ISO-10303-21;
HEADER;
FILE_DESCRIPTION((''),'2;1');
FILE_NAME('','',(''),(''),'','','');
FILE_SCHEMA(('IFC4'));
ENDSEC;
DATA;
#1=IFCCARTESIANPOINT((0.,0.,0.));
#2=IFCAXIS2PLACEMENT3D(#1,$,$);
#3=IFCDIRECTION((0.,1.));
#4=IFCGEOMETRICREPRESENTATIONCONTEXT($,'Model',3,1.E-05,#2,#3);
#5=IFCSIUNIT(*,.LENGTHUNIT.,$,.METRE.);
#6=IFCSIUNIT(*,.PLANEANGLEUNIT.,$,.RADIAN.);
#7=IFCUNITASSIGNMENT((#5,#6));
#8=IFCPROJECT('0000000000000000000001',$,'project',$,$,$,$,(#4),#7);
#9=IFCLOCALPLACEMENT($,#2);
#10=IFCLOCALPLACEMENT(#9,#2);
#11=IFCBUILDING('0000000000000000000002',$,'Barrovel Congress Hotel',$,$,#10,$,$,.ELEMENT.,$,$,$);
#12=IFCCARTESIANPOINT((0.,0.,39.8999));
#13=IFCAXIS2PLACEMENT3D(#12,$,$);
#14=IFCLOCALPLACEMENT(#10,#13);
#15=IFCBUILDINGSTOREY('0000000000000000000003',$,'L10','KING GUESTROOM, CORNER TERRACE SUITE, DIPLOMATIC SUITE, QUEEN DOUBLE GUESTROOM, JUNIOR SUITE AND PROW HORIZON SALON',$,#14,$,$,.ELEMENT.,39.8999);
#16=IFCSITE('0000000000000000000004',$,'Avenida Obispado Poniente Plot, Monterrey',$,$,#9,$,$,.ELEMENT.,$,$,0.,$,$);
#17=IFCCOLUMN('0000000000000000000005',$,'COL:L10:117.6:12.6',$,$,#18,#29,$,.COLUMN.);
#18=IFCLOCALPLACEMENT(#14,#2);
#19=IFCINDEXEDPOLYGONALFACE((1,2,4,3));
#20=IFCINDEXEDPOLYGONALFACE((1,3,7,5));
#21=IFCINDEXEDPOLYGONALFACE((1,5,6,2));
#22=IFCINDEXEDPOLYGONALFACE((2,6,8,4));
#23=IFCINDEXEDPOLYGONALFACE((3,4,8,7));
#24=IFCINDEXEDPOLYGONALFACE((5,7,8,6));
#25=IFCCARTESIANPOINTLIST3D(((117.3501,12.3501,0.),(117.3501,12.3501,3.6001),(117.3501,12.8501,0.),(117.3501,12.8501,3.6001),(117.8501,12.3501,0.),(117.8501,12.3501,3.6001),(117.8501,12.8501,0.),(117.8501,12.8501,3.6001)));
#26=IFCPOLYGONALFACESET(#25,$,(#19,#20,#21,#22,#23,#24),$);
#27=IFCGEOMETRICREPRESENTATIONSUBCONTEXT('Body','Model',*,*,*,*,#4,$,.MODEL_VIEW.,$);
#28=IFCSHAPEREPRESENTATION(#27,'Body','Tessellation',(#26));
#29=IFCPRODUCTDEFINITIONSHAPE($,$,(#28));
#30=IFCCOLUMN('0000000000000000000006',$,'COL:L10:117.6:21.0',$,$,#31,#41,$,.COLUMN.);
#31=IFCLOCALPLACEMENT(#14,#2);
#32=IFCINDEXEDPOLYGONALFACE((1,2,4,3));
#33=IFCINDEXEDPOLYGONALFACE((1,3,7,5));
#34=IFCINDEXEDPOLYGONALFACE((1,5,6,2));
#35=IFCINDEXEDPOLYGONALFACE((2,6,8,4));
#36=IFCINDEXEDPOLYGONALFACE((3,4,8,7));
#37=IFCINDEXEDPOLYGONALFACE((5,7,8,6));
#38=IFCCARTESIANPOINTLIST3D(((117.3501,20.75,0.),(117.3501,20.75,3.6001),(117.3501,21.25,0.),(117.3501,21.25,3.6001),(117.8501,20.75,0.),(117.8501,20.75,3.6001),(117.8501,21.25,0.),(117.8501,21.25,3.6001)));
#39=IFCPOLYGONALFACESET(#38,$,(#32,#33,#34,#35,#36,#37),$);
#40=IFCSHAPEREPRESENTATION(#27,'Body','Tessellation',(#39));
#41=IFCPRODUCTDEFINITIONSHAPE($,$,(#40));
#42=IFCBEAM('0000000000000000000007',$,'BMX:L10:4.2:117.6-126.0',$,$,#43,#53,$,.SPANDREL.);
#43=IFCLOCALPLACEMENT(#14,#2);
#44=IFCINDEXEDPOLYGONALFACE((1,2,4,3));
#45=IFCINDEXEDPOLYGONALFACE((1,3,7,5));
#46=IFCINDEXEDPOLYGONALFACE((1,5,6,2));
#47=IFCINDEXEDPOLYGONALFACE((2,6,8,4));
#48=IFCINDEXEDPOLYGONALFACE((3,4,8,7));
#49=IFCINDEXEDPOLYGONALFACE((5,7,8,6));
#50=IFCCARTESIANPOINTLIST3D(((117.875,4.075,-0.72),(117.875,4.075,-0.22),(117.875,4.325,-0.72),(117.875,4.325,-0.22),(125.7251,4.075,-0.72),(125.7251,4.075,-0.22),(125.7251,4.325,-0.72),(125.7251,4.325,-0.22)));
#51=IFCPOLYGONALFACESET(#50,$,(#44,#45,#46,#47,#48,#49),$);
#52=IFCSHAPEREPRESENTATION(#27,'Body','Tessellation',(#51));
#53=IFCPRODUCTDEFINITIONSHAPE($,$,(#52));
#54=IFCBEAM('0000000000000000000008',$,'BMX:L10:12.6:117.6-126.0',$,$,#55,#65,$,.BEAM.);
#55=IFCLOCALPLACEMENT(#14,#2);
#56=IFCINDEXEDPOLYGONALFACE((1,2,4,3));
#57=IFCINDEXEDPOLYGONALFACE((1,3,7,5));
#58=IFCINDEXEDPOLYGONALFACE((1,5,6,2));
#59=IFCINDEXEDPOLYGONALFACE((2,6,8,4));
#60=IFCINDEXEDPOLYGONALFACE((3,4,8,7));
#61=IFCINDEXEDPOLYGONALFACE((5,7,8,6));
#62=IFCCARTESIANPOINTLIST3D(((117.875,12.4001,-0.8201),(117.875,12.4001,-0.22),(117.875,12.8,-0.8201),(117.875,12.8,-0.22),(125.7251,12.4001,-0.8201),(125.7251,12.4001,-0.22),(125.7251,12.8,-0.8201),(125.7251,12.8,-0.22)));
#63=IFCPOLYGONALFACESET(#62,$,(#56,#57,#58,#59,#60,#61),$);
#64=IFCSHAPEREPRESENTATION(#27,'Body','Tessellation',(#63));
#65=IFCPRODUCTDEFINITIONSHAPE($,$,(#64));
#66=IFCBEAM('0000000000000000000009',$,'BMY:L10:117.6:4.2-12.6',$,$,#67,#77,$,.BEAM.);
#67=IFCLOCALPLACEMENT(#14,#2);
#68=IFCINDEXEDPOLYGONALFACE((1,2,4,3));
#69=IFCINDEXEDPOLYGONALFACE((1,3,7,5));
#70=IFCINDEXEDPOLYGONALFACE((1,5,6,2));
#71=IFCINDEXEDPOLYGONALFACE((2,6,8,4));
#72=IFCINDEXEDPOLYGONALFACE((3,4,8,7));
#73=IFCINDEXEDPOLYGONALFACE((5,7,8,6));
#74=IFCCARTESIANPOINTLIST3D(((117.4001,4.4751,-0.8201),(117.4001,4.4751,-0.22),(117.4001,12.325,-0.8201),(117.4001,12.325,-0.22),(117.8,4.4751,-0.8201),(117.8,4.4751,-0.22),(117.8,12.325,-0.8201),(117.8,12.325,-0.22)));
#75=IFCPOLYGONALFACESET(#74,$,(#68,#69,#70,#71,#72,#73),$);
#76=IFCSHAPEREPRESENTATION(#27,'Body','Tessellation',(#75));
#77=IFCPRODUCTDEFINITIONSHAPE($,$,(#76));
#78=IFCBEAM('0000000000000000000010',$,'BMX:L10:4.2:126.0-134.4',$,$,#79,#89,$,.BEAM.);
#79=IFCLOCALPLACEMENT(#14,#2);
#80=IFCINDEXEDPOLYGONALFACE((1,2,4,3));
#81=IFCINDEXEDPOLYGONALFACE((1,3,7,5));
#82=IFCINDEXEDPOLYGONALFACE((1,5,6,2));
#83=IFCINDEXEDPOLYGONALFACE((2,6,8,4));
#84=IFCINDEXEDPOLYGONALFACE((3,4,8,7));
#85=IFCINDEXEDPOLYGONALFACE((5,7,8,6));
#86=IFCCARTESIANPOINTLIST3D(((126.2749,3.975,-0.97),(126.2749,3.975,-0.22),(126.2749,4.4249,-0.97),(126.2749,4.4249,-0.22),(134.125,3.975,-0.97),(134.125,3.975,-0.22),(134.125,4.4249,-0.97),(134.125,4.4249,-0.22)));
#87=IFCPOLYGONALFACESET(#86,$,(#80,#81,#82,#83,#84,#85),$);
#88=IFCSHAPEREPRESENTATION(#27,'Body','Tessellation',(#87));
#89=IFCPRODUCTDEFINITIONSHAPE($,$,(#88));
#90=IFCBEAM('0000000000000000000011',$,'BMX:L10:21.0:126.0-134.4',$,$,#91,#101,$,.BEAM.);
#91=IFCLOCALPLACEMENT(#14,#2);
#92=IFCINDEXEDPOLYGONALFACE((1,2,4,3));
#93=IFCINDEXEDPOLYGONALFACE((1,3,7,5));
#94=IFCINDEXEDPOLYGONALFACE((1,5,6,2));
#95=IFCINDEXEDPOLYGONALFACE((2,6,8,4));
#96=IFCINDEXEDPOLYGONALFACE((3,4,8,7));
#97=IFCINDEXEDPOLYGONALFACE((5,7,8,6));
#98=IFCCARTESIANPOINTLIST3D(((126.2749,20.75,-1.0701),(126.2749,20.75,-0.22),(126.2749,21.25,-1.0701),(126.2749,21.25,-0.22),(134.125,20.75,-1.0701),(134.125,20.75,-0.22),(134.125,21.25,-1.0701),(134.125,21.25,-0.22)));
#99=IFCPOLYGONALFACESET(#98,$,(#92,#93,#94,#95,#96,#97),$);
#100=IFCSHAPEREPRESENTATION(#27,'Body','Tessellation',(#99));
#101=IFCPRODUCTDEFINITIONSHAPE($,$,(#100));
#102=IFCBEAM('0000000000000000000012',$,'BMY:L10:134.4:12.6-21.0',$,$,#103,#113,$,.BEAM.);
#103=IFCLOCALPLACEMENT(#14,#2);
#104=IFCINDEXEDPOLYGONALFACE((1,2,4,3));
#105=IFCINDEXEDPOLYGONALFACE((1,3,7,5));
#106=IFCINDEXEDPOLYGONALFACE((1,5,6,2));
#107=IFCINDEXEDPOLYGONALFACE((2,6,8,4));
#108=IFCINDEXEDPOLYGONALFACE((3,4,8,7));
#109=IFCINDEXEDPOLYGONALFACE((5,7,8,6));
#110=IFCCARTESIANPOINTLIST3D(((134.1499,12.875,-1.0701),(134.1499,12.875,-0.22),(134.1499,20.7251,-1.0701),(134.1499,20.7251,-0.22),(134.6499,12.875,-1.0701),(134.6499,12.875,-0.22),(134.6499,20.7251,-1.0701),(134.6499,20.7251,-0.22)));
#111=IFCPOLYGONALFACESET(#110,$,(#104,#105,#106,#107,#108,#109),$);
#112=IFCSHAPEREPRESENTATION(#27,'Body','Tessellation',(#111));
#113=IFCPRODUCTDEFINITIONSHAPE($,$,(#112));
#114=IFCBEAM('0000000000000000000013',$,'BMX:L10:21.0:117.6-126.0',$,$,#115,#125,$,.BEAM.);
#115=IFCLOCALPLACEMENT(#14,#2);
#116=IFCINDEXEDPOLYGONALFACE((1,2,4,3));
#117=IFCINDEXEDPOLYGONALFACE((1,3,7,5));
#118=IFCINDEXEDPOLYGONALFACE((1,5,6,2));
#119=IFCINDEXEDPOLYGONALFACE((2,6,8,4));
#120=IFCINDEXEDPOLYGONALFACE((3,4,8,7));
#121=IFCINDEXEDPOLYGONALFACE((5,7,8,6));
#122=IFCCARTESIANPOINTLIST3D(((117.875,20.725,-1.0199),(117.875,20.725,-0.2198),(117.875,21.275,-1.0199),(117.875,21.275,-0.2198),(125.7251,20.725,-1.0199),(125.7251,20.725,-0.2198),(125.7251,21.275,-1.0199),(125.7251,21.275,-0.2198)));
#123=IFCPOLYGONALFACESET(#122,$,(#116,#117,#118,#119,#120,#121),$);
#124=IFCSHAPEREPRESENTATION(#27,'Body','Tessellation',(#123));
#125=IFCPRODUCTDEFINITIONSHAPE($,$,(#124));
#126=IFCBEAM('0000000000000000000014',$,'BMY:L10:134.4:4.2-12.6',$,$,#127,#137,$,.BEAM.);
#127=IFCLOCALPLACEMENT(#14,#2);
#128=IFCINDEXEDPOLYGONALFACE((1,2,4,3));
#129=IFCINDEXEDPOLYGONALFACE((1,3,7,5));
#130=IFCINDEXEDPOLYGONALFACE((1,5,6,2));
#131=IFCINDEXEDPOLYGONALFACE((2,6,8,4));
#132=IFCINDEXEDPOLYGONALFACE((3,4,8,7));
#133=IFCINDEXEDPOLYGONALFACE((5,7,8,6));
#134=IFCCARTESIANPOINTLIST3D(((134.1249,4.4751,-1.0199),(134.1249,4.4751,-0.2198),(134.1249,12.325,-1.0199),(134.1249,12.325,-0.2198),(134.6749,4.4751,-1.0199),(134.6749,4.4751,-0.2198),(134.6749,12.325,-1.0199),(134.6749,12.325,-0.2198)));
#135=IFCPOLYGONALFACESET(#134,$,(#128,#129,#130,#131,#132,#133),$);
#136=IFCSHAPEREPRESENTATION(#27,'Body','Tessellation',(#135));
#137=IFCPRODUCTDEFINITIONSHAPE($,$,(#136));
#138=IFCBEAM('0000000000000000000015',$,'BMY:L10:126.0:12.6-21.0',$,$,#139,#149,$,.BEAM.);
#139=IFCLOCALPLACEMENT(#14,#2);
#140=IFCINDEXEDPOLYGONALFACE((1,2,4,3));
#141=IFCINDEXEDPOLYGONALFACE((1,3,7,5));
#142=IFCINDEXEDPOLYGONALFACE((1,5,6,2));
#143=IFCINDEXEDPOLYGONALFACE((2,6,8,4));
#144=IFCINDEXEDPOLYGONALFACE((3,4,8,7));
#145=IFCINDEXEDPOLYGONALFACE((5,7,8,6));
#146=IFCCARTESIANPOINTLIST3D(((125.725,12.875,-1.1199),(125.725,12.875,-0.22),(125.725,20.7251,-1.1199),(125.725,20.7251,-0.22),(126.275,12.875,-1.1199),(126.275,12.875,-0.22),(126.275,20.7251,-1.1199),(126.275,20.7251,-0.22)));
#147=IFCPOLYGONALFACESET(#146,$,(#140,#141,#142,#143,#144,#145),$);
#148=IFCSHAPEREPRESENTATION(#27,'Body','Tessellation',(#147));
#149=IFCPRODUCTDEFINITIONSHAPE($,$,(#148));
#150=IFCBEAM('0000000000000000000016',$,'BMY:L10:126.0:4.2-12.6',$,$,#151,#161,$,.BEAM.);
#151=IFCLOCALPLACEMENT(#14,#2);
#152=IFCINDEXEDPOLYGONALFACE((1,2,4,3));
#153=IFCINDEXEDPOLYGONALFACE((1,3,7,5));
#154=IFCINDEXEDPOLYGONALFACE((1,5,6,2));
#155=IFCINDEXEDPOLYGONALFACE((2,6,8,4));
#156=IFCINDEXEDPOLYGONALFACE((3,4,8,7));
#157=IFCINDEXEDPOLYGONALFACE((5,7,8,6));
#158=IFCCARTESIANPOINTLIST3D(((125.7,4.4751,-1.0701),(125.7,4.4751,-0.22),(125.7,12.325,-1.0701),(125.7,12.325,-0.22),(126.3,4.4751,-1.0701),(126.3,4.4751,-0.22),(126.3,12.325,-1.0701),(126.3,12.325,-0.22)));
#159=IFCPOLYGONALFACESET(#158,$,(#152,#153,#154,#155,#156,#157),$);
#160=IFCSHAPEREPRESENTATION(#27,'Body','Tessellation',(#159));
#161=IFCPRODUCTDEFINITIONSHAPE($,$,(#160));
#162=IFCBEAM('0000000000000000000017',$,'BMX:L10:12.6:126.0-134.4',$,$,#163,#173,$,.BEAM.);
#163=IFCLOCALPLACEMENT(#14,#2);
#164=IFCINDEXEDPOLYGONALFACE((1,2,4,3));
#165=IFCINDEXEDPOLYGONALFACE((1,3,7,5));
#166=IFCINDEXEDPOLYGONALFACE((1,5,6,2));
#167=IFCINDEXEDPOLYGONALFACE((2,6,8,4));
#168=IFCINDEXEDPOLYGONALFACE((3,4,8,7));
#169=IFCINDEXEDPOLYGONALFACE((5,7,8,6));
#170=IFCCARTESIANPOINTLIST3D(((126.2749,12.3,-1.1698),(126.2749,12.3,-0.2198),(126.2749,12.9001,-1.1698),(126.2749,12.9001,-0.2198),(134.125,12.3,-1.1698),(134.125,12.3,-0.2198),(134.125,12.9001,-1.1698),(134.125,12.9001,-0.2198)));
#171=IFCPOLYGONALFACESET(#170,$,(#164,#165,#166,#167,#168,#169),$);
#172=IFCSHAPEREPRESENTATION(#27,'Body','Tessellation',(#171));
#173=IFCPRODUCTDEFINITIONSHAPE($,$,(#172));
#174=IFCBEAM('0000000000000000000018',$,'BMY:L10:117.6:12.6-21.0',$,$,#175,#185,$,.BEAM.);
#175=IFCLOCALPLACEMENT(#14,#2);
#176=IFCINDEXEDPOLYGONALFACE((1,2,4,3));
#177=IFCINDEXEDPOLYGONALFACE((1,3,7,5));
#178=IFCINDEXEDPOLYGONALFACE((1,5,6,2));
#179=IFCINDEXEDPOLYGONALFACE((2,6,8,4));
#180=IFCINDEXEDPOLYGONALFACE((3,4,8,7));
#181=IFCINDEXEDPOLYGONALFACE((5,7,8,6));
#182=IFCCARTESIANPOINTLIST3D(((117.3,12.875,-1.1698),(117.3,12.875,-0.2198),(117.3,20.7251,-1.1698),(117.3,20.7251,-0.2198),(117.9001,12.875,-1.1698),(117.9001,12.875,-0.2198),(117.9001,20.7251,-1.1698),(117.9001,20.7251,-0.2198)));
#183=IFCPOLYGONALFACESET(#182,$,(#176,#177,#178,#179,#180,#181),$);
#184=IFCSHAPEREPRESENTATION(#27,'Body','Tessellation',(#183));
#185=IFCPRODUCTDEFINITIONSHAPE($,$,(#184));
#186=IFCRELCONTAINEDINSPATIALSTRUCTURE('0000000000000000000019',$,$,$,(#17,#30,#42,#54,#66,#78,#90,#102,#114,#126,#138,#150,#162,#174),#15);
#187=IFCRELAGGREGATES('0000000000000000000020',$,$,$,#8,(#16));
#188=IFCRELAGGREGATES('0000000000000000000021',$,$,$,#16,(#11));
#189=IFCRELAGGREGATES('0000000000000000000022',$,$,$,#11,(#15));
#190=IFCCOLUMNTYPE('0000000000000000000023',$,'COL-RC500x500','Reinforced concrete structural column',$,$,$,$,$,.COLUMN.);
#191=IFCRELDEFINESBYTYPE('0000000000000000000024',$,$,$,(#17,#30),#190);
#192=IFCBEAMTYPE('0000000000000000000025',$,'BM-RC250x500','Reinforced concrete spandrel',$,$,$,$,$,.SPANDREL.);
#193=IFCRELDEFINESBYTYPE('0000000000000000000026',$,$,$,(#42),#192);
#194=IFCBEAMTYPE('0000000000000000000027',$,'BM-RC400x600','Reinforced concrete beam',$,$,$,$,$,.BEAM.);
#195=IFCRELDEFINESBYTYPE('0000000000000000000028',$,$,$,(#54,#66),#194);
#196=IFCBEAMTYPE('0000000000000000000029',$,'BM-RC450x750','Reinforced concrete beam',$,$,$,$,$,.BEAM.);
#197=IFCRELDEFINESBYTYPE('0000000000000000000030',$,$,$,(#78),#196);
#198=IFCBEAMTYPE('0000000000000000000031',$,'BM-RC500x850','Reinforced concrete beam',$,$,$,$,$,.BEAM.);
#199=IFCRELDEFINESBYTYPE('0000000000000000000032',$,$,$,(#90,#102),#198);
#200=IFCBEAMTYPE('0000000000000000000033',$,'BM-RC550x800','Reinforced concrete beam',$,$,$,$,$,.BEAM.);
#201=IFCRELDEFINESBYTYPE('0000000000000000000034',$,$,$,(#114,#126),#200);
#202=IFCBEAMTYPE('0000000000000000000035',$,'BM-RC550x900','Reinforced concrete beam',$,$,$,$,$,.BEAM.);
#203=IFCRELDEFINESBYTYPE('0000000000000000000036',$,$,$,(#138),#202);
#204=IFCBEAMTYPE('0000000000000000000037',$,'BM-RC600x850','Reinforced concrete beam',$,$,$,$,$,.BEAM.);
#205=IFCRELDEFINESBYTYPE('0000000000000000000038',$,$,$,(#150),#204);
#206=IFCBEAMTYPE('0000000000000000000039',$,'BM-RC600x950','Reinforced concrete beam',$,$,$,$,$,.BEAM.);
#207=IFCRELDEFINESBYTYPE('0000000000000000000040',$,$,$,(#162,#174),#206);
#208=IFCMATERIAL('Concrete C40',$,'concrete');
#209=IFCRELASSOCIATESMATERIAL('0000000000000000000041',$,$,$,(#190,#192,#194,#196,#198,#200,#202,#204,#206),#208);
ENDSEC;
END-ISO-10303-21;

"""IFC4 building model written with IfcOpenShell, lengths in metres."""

from ifc_helpers import new_model, si_unit, direction, frame, origin, origin_2d, place, context, subcontext, project, spatial, rectangle, extrude, material, material_profile, profile_set, type_object, element, save


model = new_model("IFC4")

# Units and contexts
model_context = context("Model", 3, precision=1e-05, world=origin(), true_north=direction((0.0, 1.0)))
body_context = subcontext(model_context, "Body", "Model", "MODEL_VIEW")
ifc_project = project(units=[si_unit("LENGTHUNIT", "METRE"), si_unit("PLANEANGLEUNIT", "RADIAN")], contexts=[model_context])

# Site, building, storey
site_placement = place(None, origin())
site = spatial("IfcSite", under=ifc_project, at=site_placement, Name="Avenida Obispado Poniente Plot, Monterrey", CompositionType="ELEMENT", RefElevation=0.0)
building_placement = place(site_placement, origin())
building = spatial("IfcBuilding", under=site, at=building_placement, Name="Barrovel Congress Hotel", CompositionType="ELEMENT")
storey_placement = place(building_placement, frame((0.0, 0.0, 39.8999)))
storey = spatial("IfcBuildingStorey", under=building, at=storey_placement, Name="L10", Description="KING GUESTROOM, CORNER TERRACE SUITE, DIPLOMATIC SUITE, QUEEN DOUBLE GUESTROOM, JUNIOR SUITE AND PROW HORIZON SALON", CompositionType="ELEMENT", Elevation=39.8999)

# Columns
ifc_material_1 = material(Name="Concrete C40", Category="concrete")
ifc_material_profile_1 = material_profile(ifc_material_1, rectangle(XDim=0.5, YDim=0.5, at=origin_2d()), Name="RC500x500")
ifc_profile_set_1 = profile_set([ifc_material_profile_1], Name="Concrete C40")
column_type = type_object("IfcColumnType", Name="COL-RC500x500", Description="Reinforced concrete structural column", PredefinedType="COLUMN", material=ifc_profile_set_1)
for number, where, z_axis, x_axis, name in (
    (1, (117.6001, 12.6001, 0.0), (0.0, 0.0, 1.0), (1.0, 0.0, 0.0), "COL:L10:117.6:12.6"),
    (2, (117.6001, 21.0, 0.0), (0.0, 0.0, 1.0), (1.0, 0.0, 0.0), "COL:L10:117.6:21.0"),
):
    element("IfcColumn", number, at=place(storey_placement, frame(where, z_axis=z_axis, x_axis=x_axis)), inside=storey, type_object=column_type, Name=name, PredefinedType="COLUMN", context=body_context, shape_type="SweptSolid", body=[
        extrude(rectangle(XDim=0.5, YDim=0.5, at=origin_2d()), origin(), (0.0, 0.0, 1.0), 3.6001),
    ])

# Beams
ifc_material_profile_2 = material_profile(ifc_material_1, rectangle(XDim=0.25, YDim=0.5, at=origin_2d()), Name="RC250x500")
ifc_profile_set_2 = profile_set([ifc_material_profile_2], Name="Concrete C40")
beam_type_1 = type_object("IfcBeamType", Name="BM-RC250x500", Description="Reinforced concrete spandrel", PredefinedType="SPANDREL", material=ifc_profile_set_2)
beam_1_placement = place(storey_placement, frame((117.875, 4.2, -0.47), z_axis=(1.0, 0.0, 0.0), x_axis=(0.0, 1.0, 0.0)))
element("IfcBeam", 3, at=beam_1_placement, inside=storey, type_object=beam_type_1, Name="BMX:L10:4.2:117.6-126.0", PredefinedType="SPANDREL", context=body_context, shape_type="SweptSolid", body=[
    extrude(rectangle(XDim=0.25, YDim=0.5, at=origin_2d()), origin(), (0.0, 0.0, 1.0), 7.8501),
])
ifc_material_profile_3 = material_profile(ifc_material_1, rectangle(XDim=0.3999, YDim=0.6001, at=origin_2d()), Name="RC400x600")
ifc_profile_set_3 = profile_set([ifc_material_profile_3], Name="Concrete C40")
beam_type_2 = type_object("IfcBeamType", Name="BM-RC400x600", Description="Reinforced concrete beam", PredefinedType="BEAM", material=ifc_profile_set_3)
beam_2_placement = place(storey_placement, frame((117.875, 12.6001, -0.52), z_axis=(1.0, 0.0, 0.0), x_axis=(0.0, 1.0, 0.0)))
element("IfcBeam", 4, at=beam_2_placement, inside=storey, type_object=beam_type_2, Name="BMX:L10:12.6:117.6-126.0", PredefinedType="BEAM", context=body_context, shape_type="SweptSolid", body=[
    extrude(rectangle(XDim=0.3999, YDim=0.6001, at=origin_2d()), origin(), (0.0, 0.0, 1.0), 7.8501),
])
beam_3_placement = place(storey_placement, frame((117.6001, 4.4751, -0.52), z_axis=(0.0, 1.0, 0.0), x_axis=(-1.0, 0.0, 0.0)))
element("IfcBeam", 5, at=beam_3_placement, inside=storey, type_object=beam_type_2, Name="BMY:L10:117.6:4.2-12.6", PredefinedType="BEAM", context=body_context, shape_type="SweptSolid", body=[
    extrude(rectangle(XDim=0.3999, YDim=0.6001, at=origin_2d()), origin(), (0.0, 0.0, 1.0), 7.8499),
])
ifc_material_profile_4 = material_profile(ifc_material_1, rectangle(XDim=0.45, YDim=0.75, at=origin_2d()), Name="RC450x750")
ifc_profile_set_4 = profile_set([ifc_material_profile_4], Name="Concrete C40")
beam_type_3 = type_object("IfcBeamType", Name="BM-RC450x750", Description="Reinforced concrete beam", PredefinedType="BEAM", material=ifc_profile_set_4)
beam_4_placement = place(storey_placement, frame((126.2749, 4.2, -0.595), z_axis=(1.0, 0.0, 0.0), x_axis=(0.0, 1.0, 0.0)))
element("IfcBeam", 6, at=beam_4_placement, inside=storey, type_object=beam_type_3, Name="BMX:L10:4.2:126.0-134.4", PredefinedType="BEAM", context=body_context, shape_type="SweptSolid", body=[
    extrude(rectangle(XDim=0.45, YDim=0.75, at=origin_2d()), origin(), (0.0, 0.0, 1.0), 7.8501),
])
ifc_material_profile_5 = material_profile(ifc_material_1, rectangle(XDim=0.5, YDim=0.8501, at=origin_2d()), Name="RC500x850")
ifc_profile_set_5 = profile_set([ifc_material_profile_5], Name="Concrete C40")
beam_type_4 = type_object("IfcBeamType", Name="BM-RC500x850", Description="Reinforced concrete beam", PredefinedType="BEAM", material=ifc_profile_set_5)
for number, where, z_axis, x_axis, name in (
    (7, (126.2749, 21.0, -0.645), (1.0, 0.0, 0.0), (0.0, 1.0, 0.0), "BMX:L10:21.0:126.0-134.4"),
    (8, (134.3999, 12.875, -0.645), (0.0, 1.0, 0.0), (-1.0, 0.0, 0.0), "BMY:L10:134.4:12.6-21.0"),
):
    element("IfcBeam", number, at=place(storey_placement, frame(where, z_axis=z_axis, x_axis=x_axis)), inside=storey, type_object=beam_type_4, Name=name, PredefinedType="BEAM", context=body_context, shape_type="SweptSolid", body=[
        extrude(rectangle(XDim=0.5, YDim=0.8501, at=origin_2d()), origin(), (0.0, 0.0, 1.0), 7.8501),
    ])
ifc_material_profile_6 = material_profile(ifc_material_1, rectangle(XDim=0.55, YDim=0.8, at=origin_2d()), Name="RC550x800")
ifc_profile_set_6 = profile_set([ifc_material_profile_6], Name="Concrete C40")
beam_type_5 = type_object("IfcBeamType", Name="BM-RC550x800", Description="Reinforced concrete beam", PredefinedType="BEAM", material=ifc_profile_set_6)
beam_5_placement = place(storey_placement, frame((117.875, 21.0, -0.6199), z_axis=(1.0, 0.0, 0.0), x_axis=(0.0, 1.0, 0.0)))
element("IfcBeam", 9, at=beam_5_placement, inside=storey, type_object=beam_type_5, Name="BMX:L10:21.0:117.6-126.0", PredefinedType="BEAM", context=body_context, shape_type="SweptSolid", body=[
    extrude(rectangle(XDim=0.55, YDim=0.8, at=origin_2d()), origin(), (0.0, 0.0, 1.0), 7.8501),
])
beam_6_placement = place(storey_placement, frame((134.3999, 4.4751, -0.6199), z_axis=(0.0, 1.0, 0.0), x_axis=(-1.0, 0.0, 0.0)))
element("IfcBeam", 10, at=beam_6_placement, inside=storey, type_object=beam_type_5, Name="BMY:L10:134.4:4.2-12.6", PredefinedType="BEAM", context=body_context, shape_type="SweptSolid", body=[
    extrude(rectangle(XDim=0.55, YDim=0.8, at=origin_2d()), origin(), (0.0, 0.0, 1.0), 7.8499),
])
ifc_material_profile_7 = material_profile(ifc_material_1, rectangle(XDim=0.55, YDim=0.8999, at=origin_2d()), Name="RC550x900")
ifc_profile_set_7 = profile_set([ifc_material_profile_7], Name="Concrete C40")
beam_type_6 = type_object("IfcBeamType", Name="BM-RC550x900", Description="Reinforced concrete beam", PredefinedType="BEAM", material=ifc_profile_set_7)
beam_7_placement = place(storey_placement, frame((126.0, 12.875, -0.6699), z_axis=(0.0, 1.0, 0.0), x_axis=(-1.0, 0.0, 0.0)))
element("IfcBeam", 11, at=beam_7_placement, inside=storey, type_object=beam_type_6, Name="BMY:L10:126.0:12.6-21.0", PredefinedType="BEAM", context=body_context, shape_type="SweptSolid", body=[
    extrude(rectangle(XDim=0.55, YDim=0.8999, at=origin_2d()), origin(), (0.0, 0.0, 1.0), 7.8501),
])
ifc_material_profile_8 = material_profile(ifc_material_1, rectangle(XDim=0.6001, YDim=0.8501, at=origin_2d()), Name="RC600x850")
ifc_profile_set_8 = profile_set([ifc_material_profile_8], Name="Concrete C40")
beam_type_7 = type_object("IfcBeamType", Name="BM-RC600x850", Description="Reinforced concrete beam", PredefinedType="BEAM", material=ifc_profile_set_8)
beam_8_placement = place(storey_placement, frame((126.0, 4.4751, -0.645), z_axis=(0.0, 1.0, 0.0), x_axis=(-1.0, 0.0, 0.0)))
element("IfcBeam", 12, at=beam_8_placement, inside=storey, type_object=beam_type_7, Name="BMY:L10:126.0:4.2-12.6", PredefinedType="BEAM", context=body_context, shape_type="SweptSolid", body=[
    extrude(rectangle(XDim=0.6001, YDim=0.8501, at=origin_2d()), origin(), (0.0, 0.0, 1.0), 7.8499),
])
ifc_material_profile_9 = material_profile(ifc_material_1, rectangle(XDim=0.6001, YDim=0.95, at=origin_2d()), Name="RC600x950")
ifc_profile_set_9 = profile_set([ifc_material_profile_9], Name="Concrete C40")
beam_type_8 = type_object("IfcBeamType", Name="BM-RC600x950", Description="Reinforced concrete beam", PredefinedType="BEAM", material=ifc_profile_set_9)
for number, where, z_axis, x_axis, name in (
    (13, (126.2749, 12.6001, -0.6948), (1.0, 0.0, 0.0), (0.0, 1.0, 0.0), "BMX:L10:12.6:126.0-134.4"),
    (14, (117.6001, 12.875, -0.6948), (0.0, 1.0, 0.0), (-1.0, 0.0, 0.0), "BMY:L10:117.6:12.6-21.0"),
):
    element("IfcBeam", number, at=place(storey_placement, frame(where, z_axis=z_axis, x_axis=x_axis)), inside=storey, type_object=beam_type_8, Name=name, PredefinedType="BEAM", context=body_context, shape_type="SweptSolid", body=[
        extrude(rectangle(XDim=0.6001, YDim=0.95, at=origin_2d()), origin(), (0.0, 0.0, 1.0), 7.8501),
    ])

save(model, "model.ifc")
